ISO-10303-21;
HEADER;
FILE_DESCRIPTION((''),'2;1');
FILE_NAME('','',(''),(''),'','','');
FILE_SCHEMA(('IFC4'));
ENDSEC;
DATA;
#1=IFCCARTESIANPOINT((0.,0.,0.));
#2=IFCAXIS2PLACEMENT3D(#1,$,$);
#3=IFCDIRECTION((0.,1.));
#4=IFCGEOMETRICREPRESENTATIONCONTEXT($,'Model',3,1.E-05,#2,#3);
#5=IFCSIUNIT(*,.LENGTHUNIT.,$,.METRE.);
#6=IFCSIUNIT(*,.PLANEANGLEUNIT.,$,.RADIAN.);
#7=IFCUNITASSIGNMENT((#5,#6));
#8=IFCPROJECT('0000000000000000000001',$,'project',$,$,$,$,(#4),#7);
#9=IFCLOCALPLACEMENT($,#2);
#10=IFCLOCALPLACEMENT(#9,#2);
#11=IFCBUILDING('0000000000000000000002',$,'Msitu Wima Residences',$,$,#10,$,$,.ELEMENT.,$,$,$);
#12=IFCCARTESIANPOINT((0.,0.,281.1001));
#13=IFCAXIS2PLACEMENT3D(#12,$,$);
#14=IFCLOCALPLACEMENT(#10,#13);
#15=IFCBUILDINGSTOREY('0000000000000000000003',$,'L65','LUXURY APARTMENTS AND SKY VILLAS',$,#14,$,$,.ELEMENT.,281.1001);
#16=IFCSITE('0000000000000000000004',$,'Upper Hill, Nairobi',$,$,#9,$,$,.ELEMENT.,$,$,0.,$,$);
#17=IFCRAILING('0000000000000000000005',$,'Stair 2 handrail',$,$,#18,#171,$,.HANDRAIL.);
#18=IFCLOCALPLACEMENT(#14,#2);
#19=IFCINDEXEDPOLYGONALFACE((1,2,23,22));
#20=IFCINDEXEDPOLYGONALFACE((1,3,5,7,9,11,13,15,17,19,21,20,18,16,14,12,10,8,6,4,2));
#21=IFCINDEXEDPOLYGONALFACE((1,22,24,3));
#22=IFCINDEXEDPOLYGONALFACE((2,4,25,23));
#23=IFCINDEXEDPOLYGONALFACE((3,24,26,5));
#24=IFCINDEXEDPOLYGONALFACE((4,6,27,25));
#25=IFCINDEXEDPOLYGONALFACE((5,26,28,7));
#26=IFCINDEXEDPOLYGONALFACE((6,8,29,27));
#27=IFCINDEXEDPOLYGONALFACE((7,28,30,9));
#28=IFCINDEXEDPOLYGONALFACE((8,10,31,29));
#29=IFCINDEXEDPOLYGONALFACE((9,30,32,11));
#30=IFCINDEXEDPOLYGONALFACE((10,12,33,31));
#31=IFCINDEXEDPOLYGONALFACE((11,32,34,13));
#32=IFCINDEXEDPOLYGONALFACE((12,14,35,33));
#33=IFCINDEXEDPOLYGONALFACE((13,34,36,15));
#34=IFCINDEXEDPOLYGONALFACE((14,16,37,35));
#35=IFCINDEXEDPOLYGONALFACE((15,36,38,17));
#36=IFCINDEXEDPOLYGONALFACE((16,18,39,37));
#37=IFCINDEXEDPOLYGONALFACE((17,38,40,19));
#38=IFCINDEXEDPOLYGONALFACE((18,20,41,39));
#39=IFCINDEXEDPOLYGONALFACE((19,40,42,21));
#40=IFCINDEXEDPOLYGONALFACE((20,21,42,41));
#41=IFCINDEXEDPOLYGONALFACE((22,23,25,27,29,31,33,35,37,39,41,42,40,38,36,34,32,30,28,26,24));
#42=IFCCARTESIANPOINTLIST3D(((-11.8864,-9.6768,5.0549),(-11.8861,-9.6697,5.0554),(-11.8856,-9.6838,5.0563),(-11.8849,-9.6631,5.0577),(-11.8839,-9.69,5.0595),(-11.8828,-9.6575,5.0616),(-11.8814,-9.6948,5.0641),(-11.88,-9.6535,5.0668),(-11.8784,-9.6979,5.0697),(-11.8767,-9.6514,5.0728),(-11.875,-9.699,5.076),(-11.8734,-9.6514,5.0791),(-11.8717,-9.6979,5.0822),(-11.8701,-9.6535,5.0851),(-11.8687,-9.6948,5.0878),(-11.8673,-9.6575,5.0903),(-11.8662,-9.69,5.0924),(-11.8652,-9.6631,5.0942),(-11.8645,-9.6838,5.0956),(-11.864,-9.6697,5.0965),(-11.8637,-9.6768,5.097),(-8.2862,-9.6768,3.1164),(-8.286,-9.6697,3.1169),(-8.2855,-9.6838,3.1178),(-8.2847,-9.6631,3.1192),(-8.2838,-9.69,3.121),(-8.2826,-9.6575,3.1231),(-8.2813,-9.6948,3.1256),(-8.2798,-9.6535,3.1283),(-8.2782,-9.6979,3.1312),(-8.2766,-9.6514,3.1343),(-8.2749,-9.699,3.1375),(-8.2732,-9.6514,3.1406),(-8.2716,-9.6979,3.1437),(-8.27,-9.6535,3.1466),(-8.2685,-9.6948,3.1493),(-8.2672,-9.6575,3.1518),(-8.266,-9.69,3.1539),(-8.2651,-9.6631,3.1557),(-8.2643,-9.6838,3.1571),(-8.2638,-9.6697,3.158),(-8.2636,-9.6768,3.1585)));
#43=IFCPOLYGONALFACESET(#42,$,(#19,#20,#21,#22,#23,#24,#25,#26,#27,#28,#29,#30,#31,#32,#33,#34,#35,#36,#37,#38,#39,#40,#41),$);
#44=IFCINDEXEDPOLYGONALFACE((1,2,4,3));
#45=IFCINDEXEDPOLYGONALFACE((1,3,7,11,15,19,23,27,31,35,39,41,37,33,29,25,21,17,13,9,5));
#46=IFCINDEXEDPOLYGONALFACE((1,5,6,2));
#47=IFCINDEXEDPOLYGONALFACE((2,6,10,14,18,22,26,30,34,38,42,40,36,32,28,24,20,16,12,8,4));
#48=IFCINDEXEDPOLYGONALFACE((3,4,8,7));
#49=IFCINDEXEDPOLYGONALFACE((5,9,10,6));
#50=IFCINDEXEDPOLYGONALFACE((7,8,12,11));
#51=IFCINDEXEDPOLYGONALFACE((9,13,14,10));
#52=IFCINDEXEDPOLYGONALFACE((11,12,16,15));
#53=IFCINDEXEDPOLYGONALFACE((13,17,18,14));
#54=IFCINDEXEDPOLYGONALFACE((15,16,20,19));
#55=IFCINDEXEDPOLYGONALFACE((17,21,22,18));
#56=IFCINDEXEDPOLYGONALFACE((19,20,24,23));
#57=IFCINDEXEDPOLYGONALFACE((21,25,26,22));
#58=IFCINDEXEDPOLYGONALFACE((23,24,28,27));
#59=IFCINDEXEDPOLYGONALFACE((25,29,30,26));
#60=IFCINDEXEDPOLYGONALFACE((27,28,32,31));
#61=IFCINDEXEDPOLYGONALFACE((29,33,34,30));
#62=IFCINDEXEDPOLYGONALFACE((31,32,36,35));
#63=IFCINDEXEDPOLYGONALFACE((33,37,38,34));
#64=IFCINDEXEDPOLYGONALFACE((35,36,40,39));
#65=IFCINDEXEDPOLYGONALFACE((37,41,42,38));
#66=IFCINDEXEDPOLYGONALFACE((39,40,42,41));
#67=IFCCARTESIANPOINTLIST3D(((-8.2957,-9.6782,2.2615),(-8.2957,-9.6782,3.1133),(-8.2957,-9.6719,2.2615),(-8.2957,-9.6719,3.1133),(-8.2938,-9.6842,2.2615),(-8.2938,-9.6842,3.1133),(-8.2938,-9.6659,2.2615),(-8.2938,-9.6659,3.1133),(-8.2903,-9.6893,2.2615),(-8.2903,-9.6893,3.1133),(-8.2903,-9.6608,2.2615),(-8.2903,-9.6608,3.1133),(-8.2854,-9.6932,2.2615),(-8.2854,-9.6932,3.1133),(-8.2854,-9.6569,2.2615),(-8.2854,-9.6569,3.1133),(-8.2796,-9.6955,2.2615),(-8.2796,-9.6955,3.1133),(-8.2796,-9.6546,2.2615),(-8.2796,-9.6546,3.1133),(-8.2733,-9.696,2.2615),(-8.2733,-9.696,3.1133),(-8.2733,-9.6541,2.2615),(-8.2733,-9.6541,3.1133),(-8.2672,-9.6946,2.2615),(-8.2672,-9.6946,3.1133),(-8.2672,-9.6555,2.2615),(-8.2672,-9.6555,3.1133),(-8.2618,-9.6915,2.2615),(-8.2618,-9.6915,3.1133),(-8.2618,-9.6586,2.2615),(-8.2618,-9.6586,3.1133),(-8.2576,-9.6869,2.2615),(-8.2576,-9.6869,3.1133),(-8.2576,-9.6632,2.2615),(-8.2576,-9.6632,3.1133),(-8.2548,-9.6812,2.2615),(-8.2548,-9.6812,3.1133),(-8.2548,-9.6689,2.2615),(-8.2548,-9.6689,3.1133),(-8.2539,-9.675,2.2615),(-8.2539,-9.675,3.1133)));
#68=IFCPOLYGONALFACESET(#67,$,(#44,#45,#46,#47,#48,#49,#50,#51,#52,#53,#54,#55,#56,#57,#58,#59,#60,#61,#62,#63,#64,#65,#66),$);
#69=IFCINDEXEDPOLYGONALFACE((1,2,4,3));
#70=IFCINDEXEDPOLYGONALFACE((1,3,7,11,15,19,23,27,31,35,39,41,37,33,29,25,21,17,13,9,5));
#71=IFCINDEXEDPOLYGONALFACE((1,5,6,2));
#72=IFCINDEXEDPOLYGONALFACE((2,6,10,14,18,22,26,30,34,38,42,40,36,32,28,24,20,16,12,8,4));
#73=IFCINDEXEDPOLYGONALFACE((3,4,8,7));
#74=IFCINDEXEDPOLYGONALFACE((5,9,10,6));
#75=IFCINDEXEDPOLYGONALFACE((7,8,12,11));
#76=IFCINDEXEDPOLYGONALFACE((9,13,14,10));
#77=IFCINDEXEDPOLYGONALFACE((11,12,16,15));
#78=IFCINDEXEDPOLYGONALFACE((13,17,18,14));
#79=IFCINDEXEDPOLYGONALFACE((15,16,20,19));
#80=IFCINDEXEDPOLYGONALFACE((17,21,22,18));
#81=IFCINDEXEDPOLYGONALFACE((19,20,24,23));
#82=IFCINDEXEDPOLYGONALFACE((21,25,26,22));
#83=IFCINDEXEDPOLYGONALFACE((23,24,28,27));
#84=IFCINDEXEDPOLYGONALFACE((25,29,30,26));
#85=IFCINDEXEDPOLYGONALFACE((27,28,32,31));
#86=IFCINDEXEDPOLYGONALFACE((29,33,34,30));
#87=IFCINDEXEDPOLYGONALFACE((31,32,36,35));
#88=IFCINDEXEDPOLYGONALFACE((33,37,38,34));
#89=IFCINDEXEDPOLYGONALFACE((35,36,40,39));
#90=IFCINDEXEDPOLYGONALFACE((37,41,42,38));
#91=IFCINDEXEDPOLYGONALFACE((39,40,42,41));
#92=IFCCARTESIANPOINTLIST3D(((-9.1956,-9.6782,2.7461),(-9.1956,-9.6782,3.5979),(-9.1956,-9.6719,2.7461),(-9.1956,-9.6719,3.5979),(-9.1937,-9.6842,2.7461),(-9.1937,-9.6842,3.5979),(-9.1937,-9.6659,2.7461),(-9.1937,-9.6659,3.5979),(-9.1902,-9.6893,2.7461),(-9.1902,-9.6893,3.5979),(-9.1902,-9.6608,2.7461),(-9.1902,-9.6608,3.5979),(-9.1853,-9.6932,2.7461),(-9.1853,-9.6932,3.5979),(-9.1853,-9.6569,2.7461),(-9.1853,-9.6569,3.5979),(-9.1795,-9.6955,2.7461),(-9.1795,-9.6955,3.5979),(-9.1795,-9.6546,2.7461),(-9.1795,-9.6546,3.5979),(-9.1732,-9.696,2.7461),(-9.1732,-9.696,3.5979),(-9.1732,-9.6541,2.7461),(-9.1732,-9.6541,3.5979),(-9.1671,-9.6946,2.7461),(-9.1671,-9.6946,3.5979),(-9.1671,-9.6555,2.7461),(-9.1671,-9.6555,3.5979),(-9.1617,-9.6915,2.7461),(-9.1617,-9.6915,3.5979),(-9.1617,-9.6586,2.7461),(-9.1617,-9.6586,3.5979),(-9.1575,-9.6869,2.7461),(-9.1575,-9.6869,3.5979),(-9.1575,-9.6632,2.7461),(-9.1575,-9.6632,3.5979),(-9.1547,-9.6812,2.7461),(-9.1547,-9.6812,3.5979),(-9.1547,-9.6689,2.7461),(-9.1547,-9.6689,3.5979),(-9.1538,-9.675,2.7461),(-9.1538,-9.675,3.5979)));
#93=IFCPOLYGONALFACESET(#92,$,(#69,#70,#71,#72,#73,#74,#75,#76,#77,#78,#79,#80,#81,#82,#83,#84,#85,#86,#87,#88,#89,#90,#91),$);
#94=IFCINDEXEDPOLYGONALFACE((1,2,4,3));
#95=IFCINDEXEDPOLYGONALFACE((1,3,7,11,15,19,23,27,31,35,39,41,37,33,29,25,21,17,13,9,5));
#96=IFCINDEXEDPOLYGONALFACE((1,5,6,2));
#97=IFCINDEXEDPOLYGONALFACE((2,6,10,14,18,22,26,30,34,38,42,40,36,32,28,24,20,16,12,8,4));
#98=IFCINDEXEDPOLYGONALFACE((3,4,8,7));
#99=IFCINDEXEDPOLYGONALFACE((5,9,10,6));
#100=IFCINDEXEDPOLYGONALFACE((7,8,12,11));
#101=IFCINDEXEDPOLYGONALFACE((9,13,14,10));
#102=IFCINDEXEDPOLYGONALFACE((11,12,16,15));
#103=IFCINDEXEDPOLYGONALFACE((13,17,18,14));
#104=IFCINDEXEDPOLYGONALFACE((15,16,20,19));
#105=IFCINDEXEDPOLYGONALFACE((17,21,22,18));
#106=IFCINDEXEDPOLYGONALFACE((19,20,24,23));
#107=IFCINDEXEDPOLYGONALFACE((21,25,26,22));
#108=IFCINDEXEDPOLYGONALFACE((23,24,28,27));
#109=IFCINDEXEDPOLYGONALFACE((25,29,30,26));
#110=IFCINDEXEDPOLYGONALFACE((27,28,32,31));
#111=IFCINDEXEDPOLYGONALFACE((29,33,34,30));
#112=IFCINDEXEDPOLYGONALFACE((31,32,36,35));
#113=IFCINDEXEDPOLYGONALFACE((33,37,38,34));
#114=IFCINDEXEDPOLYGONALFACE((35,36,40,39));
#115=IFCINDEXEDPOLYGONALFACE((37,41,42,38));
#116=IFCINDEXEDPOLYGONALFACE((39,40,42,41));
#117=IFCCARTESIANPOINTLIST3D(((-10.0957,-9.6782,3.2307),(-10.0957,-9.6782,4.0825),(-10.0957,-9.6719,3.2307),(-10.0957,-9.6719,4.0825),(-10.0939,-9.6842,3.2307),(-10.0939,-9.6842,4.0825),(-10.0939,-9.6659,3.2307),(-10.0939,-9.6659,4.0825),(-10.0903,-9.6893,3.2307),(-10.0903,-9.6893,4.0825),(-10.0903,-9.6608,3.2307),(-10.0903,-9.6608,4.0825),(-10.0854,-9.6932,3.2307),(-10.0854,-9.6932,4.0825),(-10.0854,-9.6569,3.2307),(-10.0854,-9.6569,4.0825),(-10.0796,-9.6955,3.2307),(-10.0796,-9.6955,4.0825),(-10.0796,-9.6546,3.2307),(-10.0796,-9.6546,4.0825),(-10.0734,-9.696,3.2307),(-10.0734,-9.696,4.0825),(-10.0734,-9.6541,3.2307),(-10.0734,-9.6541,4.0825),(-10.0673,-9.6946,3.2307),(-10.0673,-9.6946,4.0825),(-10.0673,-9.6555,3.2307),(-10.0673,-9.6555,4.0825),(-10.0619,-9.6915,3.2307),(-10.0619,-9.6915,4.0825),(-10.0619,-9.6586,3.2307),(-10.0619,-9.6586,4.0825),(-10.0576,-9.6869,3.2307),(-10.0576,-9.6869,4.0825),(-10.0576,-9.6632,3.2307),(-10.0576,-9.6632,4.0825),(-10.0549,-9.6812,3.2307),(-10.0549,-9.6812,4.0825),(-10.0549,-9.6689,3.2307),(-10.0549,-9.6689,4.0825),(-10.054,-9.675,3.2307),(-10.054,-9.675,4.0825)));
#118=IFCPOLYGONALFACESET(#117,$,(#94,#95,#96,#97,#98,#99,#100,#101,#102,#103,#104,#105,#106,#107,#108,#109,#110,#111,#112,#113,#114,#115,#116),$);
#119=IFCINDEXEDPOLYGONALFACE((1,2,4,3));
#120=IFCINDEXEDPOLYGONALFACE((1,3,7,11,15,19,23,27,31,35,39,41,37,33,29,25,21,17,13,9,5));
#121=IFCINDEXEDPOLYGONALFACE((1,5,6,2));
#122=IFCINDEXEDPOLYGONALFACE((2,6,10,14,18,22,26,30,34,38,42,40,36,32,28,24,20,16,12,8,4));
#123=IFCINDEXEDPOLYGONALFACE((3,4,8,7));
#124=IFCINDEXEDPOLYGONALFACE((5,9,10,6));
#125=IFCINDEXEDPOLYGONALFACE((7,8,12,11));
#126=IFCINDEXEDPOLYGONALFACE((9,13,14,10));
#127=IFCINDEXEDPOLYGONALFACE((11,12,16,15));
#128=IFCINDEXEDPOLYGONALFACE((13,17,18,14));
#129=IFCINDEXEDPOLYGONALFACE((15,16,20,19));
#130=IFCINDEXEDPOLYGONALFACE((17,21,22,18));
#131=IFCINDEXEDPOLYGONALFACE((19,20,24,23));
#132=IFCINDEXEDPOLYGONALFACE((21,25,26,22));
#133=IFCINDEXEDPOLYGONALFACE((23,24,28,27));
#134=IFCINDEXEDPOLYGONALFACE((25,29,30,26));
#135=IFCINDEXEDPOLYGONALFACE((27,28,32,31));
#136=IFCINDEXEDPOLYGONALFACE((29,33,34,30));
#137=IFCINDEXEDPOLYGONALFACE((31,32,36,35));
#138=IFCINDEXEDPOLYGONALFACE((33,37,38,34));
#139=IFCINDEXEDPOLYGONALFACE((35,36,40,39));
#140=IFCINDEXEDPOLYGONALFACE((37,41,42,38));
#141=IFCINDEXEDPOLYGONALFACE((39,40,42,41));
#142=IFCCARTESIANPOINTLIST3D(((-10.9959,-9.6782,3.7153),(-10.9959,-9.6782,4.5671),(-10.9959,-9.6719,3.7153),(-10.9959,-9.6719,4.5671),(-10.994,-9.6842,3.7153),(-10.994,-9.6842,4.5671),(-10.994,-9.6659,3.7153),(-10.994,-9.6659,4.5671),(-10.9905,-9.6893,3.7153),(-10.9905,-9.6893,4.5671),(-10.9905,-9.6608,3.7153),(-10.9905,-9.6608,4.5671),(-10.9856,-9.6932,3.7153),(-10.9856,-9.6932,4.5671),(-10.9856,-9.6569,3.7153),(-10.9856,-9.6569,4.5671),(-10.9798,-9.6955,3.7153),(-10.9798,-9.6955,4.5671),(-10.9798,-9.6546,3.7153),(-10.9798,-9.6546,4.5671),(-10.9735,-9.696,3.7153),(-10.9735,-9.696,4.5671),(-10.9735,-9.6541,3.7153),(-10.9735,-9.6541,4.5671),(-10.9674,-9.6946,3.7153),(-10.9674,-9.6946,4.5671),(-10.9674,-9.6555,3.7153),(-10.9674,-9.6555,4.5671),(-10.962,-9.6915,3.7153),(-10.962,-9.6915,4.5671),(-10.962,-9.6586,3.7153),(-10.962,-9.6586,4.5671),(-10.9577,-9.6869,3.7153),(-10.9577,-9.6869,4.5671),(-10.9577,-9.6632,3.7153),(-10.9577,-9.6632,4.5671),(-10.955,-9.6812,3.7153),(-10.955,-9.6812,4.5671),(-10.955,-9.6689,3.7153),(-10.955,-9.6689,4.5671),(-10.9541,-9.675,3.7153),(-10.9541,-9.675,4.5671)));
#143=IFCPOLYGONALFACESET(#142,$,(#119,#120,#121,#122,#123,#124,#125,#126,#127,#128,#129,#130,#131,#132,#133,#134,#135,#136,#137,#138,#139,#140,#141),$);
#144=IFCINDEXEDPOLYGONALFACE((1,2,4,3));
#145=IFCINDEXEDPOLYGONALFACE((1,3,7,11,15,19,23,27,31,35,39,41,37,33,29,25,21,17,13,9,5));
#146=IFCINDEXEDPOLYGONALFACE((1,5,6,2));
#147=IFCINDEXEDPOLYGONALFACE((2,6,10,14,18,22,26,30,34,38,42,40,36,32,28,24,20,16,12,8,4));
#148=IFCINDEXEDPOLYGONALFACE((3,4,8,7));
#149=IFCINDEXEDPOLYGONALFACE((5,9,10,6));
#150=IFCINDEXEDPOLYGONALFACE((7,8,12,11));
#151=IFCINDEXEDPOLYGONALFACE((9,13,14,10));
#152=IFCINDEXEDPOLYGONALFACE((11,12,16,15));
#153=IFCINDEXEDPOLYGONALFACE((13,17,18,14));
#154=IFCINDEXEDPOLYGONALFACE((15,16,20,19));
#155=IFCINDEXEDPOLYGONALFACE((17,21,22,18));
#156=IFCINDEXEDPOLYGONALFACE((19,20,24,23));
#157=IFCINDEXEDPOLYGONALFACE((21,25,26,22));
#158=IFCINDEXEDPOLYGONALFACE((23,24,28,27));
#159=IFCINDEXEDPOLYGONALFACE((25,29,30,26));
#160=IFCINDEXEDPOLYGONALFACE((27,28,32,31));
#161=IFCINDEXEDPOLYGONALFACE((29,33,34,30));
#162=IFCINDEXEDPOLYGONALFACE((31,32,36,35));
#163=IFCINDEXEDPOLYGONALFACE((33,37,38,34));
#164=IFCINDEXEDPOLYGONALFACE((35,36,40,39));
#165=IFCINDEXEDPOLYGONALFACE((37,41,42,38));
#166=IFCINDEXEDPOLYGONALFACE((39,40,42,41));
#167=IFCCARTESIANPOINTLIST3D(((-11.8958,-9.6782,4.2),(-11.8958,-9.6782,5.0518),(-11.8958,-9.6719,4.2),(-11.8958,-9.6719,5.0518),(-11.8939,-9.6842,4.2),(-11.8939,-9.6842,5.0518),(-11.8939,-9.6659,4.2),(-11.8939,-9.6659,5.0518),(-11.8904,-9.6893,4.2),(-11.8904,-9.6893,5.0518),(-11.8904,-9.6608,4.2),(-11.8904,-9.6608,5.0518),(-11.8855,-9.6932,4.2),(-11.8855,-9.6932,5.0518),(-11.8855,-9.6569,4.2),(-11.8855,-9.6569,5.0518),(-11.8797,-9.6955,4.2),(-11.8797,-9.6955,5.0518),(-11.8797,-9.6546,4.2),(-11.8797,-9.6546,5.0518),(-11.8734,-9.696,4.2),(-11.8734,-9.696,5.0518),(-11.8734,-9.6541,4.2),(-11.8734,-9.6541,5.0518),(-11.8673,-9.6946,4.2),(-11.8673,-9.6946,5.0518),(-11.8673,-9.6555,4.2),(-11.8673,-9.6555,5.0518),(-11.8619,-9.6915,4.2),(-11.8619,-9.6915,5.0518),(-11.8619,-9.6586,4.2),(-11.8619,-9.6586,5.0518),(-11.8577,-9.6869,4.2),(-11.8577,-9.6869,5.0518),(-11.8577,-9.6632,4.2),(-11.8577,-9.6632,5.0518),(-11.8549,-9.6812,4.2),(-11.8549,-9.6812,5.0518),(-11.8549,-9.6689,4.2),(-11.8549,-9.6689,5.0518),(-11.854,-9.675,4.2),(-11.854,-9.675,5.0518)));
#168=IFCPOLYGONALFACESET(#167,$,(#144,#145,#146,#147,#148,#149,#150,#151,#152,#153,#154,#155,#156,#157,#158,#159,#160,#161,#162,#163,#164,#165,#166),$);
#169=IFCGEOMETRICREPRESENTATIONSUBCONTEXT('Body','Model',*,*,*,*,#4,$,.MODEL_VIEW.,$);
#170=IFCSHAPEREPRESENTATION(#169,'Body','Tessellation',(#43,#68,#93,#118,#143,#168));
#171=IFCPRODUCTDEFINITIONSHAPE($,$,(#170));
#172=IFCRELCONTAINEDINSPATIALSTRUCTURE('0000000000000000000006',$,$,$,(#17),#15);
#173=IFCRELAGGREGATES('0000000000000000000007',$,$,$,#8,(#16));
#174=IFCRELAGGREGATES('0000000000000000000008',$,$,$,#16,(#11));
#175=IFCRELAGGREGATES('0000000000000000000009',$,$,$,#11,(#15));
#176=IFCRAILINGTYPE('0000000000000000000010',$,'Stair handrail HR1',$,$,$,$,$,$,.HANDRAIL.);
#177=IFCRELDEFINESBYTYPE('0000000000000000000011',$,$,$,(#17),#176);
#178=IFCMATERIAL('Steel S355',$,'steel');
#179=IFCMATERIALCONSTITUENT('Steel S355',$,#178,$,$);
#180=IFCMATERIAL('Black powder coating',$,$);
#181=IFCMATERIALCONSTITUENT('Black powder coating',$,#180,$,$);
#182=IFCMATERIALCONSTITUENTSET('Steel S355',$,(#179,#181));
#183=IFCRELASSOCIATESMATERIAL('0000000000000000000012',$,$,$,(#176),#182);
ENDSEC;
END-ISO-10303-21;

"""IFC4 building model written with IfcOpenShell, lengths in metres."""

from ifc_helpers import new_model, si_unit, direction, frame, origin, origin_2d, place, context, subcontext, project, spatial, circle, extrude, material, constituent, constituent_set, type_object, element, save


model = new_model("IFC4")

# Units and contexts
model_context = context("Model", 3, precision=1e-05, world=origin(), true_north=direction((0.0, 1.0)))
body_context = subcontext(model_context, "Body", "Model", "MODEL_VIEW")
ifc_project = project(units=[si_unit("LENGTHUNIT", "METRE"), si_unit("PLANEANGLEUNIT", "RADIAN")], contexts=[model_context])

# Site, building, storey
site_placement = place(None, origin())
site = spatial("IfcSite", under=ifc_project, at=site_placement, Name="Upper Hill, Nairobi", CompositionType="ELEMENT", RefElevation=0.0)
building_placement = place(site_placement, origin())
building = spatial("IfcBuilding", under=site, at=building_placement, Name="Msitu Wima Residences", CompositionType="ELEMENT")
storey_placement = place(building_placement, frame((0.0, 0.0, 281.1001)))
storey = spatial("IfcBuildingStorey", under=building, at=storey_placement, Name="L65", Description="LUXURY APARTMENTS AND SKY VILLAS", CompositionType="ELEMENT", Elevation=281.1001)

# Railing
ifc_material_1 = material(Name="Steel S355", Category="steel")
ifc_constituent_1 = constituent(ifc_material_1, Name="Steel S355")
ifc_material_2 = material(Name="Black powder coating")
ifc_constituent_2 = constituent(ifc_material_2, Name="Black powder coating")
ifc_constituent_set = constituent_set(constituents=[ifc_constituent_1, ifc_constituent_2], Name="Steel S355")
railing_type = type_object("IfcRailingType", Name="Stair handrail HR1", PredefinedType="HANDRAIL", material=ifc_constituent_set)
railing_placement = place(storey_placement, frame((-8.2749, -9.675, 2.2615)))
element("IfcRailing", 1, at=railing_placement, inside=storey, type_object=railing_type, Name="Stair 2 handrail", PredefinedType="HANDRAIL", context=body_context, shape_type="SweptSolid", body=[
    extrude(circle(Radius=0.0239, at=origin_2d()), frame((0.0, 0.0, 0.876), z_axis=(-0.880475, 0.0, 0.474093), x_axis=(0.0, -1.0, 0.0)), (0.0, 0.0, 1.0), 4.0889),
    extrude(circle(Radius=0.021, at=origin_2d()), origin(), (0.0, 0.0, 1.0), 0.8518),
    extrude(circle(Radius=0.021, at=origin_2d()), frame((-0.8999, 0.0, 0.4846)), (0.0, 0.0, 1.0), 0.8518),
    extrude(circle(Radius=0.021, at=origin_2d()), frame((-1.8, 0.0, 0.9692)), (0.0, 0.0, 1.0), 0.8518),
    extrude(circle(Radius=0.021, at=origin_2d()), frame((-2.7002, 0.0, 1.4539)), (0.0, 0.0, 1.0), 0.8518),
    extrude(circle(Radius=0.021, at=origin_2d()), frame((-3.6001, 0.0, 1.9385)), (0.0, 0.0, 1.0), 0.8518),
])

save(model, "model.ifc")
